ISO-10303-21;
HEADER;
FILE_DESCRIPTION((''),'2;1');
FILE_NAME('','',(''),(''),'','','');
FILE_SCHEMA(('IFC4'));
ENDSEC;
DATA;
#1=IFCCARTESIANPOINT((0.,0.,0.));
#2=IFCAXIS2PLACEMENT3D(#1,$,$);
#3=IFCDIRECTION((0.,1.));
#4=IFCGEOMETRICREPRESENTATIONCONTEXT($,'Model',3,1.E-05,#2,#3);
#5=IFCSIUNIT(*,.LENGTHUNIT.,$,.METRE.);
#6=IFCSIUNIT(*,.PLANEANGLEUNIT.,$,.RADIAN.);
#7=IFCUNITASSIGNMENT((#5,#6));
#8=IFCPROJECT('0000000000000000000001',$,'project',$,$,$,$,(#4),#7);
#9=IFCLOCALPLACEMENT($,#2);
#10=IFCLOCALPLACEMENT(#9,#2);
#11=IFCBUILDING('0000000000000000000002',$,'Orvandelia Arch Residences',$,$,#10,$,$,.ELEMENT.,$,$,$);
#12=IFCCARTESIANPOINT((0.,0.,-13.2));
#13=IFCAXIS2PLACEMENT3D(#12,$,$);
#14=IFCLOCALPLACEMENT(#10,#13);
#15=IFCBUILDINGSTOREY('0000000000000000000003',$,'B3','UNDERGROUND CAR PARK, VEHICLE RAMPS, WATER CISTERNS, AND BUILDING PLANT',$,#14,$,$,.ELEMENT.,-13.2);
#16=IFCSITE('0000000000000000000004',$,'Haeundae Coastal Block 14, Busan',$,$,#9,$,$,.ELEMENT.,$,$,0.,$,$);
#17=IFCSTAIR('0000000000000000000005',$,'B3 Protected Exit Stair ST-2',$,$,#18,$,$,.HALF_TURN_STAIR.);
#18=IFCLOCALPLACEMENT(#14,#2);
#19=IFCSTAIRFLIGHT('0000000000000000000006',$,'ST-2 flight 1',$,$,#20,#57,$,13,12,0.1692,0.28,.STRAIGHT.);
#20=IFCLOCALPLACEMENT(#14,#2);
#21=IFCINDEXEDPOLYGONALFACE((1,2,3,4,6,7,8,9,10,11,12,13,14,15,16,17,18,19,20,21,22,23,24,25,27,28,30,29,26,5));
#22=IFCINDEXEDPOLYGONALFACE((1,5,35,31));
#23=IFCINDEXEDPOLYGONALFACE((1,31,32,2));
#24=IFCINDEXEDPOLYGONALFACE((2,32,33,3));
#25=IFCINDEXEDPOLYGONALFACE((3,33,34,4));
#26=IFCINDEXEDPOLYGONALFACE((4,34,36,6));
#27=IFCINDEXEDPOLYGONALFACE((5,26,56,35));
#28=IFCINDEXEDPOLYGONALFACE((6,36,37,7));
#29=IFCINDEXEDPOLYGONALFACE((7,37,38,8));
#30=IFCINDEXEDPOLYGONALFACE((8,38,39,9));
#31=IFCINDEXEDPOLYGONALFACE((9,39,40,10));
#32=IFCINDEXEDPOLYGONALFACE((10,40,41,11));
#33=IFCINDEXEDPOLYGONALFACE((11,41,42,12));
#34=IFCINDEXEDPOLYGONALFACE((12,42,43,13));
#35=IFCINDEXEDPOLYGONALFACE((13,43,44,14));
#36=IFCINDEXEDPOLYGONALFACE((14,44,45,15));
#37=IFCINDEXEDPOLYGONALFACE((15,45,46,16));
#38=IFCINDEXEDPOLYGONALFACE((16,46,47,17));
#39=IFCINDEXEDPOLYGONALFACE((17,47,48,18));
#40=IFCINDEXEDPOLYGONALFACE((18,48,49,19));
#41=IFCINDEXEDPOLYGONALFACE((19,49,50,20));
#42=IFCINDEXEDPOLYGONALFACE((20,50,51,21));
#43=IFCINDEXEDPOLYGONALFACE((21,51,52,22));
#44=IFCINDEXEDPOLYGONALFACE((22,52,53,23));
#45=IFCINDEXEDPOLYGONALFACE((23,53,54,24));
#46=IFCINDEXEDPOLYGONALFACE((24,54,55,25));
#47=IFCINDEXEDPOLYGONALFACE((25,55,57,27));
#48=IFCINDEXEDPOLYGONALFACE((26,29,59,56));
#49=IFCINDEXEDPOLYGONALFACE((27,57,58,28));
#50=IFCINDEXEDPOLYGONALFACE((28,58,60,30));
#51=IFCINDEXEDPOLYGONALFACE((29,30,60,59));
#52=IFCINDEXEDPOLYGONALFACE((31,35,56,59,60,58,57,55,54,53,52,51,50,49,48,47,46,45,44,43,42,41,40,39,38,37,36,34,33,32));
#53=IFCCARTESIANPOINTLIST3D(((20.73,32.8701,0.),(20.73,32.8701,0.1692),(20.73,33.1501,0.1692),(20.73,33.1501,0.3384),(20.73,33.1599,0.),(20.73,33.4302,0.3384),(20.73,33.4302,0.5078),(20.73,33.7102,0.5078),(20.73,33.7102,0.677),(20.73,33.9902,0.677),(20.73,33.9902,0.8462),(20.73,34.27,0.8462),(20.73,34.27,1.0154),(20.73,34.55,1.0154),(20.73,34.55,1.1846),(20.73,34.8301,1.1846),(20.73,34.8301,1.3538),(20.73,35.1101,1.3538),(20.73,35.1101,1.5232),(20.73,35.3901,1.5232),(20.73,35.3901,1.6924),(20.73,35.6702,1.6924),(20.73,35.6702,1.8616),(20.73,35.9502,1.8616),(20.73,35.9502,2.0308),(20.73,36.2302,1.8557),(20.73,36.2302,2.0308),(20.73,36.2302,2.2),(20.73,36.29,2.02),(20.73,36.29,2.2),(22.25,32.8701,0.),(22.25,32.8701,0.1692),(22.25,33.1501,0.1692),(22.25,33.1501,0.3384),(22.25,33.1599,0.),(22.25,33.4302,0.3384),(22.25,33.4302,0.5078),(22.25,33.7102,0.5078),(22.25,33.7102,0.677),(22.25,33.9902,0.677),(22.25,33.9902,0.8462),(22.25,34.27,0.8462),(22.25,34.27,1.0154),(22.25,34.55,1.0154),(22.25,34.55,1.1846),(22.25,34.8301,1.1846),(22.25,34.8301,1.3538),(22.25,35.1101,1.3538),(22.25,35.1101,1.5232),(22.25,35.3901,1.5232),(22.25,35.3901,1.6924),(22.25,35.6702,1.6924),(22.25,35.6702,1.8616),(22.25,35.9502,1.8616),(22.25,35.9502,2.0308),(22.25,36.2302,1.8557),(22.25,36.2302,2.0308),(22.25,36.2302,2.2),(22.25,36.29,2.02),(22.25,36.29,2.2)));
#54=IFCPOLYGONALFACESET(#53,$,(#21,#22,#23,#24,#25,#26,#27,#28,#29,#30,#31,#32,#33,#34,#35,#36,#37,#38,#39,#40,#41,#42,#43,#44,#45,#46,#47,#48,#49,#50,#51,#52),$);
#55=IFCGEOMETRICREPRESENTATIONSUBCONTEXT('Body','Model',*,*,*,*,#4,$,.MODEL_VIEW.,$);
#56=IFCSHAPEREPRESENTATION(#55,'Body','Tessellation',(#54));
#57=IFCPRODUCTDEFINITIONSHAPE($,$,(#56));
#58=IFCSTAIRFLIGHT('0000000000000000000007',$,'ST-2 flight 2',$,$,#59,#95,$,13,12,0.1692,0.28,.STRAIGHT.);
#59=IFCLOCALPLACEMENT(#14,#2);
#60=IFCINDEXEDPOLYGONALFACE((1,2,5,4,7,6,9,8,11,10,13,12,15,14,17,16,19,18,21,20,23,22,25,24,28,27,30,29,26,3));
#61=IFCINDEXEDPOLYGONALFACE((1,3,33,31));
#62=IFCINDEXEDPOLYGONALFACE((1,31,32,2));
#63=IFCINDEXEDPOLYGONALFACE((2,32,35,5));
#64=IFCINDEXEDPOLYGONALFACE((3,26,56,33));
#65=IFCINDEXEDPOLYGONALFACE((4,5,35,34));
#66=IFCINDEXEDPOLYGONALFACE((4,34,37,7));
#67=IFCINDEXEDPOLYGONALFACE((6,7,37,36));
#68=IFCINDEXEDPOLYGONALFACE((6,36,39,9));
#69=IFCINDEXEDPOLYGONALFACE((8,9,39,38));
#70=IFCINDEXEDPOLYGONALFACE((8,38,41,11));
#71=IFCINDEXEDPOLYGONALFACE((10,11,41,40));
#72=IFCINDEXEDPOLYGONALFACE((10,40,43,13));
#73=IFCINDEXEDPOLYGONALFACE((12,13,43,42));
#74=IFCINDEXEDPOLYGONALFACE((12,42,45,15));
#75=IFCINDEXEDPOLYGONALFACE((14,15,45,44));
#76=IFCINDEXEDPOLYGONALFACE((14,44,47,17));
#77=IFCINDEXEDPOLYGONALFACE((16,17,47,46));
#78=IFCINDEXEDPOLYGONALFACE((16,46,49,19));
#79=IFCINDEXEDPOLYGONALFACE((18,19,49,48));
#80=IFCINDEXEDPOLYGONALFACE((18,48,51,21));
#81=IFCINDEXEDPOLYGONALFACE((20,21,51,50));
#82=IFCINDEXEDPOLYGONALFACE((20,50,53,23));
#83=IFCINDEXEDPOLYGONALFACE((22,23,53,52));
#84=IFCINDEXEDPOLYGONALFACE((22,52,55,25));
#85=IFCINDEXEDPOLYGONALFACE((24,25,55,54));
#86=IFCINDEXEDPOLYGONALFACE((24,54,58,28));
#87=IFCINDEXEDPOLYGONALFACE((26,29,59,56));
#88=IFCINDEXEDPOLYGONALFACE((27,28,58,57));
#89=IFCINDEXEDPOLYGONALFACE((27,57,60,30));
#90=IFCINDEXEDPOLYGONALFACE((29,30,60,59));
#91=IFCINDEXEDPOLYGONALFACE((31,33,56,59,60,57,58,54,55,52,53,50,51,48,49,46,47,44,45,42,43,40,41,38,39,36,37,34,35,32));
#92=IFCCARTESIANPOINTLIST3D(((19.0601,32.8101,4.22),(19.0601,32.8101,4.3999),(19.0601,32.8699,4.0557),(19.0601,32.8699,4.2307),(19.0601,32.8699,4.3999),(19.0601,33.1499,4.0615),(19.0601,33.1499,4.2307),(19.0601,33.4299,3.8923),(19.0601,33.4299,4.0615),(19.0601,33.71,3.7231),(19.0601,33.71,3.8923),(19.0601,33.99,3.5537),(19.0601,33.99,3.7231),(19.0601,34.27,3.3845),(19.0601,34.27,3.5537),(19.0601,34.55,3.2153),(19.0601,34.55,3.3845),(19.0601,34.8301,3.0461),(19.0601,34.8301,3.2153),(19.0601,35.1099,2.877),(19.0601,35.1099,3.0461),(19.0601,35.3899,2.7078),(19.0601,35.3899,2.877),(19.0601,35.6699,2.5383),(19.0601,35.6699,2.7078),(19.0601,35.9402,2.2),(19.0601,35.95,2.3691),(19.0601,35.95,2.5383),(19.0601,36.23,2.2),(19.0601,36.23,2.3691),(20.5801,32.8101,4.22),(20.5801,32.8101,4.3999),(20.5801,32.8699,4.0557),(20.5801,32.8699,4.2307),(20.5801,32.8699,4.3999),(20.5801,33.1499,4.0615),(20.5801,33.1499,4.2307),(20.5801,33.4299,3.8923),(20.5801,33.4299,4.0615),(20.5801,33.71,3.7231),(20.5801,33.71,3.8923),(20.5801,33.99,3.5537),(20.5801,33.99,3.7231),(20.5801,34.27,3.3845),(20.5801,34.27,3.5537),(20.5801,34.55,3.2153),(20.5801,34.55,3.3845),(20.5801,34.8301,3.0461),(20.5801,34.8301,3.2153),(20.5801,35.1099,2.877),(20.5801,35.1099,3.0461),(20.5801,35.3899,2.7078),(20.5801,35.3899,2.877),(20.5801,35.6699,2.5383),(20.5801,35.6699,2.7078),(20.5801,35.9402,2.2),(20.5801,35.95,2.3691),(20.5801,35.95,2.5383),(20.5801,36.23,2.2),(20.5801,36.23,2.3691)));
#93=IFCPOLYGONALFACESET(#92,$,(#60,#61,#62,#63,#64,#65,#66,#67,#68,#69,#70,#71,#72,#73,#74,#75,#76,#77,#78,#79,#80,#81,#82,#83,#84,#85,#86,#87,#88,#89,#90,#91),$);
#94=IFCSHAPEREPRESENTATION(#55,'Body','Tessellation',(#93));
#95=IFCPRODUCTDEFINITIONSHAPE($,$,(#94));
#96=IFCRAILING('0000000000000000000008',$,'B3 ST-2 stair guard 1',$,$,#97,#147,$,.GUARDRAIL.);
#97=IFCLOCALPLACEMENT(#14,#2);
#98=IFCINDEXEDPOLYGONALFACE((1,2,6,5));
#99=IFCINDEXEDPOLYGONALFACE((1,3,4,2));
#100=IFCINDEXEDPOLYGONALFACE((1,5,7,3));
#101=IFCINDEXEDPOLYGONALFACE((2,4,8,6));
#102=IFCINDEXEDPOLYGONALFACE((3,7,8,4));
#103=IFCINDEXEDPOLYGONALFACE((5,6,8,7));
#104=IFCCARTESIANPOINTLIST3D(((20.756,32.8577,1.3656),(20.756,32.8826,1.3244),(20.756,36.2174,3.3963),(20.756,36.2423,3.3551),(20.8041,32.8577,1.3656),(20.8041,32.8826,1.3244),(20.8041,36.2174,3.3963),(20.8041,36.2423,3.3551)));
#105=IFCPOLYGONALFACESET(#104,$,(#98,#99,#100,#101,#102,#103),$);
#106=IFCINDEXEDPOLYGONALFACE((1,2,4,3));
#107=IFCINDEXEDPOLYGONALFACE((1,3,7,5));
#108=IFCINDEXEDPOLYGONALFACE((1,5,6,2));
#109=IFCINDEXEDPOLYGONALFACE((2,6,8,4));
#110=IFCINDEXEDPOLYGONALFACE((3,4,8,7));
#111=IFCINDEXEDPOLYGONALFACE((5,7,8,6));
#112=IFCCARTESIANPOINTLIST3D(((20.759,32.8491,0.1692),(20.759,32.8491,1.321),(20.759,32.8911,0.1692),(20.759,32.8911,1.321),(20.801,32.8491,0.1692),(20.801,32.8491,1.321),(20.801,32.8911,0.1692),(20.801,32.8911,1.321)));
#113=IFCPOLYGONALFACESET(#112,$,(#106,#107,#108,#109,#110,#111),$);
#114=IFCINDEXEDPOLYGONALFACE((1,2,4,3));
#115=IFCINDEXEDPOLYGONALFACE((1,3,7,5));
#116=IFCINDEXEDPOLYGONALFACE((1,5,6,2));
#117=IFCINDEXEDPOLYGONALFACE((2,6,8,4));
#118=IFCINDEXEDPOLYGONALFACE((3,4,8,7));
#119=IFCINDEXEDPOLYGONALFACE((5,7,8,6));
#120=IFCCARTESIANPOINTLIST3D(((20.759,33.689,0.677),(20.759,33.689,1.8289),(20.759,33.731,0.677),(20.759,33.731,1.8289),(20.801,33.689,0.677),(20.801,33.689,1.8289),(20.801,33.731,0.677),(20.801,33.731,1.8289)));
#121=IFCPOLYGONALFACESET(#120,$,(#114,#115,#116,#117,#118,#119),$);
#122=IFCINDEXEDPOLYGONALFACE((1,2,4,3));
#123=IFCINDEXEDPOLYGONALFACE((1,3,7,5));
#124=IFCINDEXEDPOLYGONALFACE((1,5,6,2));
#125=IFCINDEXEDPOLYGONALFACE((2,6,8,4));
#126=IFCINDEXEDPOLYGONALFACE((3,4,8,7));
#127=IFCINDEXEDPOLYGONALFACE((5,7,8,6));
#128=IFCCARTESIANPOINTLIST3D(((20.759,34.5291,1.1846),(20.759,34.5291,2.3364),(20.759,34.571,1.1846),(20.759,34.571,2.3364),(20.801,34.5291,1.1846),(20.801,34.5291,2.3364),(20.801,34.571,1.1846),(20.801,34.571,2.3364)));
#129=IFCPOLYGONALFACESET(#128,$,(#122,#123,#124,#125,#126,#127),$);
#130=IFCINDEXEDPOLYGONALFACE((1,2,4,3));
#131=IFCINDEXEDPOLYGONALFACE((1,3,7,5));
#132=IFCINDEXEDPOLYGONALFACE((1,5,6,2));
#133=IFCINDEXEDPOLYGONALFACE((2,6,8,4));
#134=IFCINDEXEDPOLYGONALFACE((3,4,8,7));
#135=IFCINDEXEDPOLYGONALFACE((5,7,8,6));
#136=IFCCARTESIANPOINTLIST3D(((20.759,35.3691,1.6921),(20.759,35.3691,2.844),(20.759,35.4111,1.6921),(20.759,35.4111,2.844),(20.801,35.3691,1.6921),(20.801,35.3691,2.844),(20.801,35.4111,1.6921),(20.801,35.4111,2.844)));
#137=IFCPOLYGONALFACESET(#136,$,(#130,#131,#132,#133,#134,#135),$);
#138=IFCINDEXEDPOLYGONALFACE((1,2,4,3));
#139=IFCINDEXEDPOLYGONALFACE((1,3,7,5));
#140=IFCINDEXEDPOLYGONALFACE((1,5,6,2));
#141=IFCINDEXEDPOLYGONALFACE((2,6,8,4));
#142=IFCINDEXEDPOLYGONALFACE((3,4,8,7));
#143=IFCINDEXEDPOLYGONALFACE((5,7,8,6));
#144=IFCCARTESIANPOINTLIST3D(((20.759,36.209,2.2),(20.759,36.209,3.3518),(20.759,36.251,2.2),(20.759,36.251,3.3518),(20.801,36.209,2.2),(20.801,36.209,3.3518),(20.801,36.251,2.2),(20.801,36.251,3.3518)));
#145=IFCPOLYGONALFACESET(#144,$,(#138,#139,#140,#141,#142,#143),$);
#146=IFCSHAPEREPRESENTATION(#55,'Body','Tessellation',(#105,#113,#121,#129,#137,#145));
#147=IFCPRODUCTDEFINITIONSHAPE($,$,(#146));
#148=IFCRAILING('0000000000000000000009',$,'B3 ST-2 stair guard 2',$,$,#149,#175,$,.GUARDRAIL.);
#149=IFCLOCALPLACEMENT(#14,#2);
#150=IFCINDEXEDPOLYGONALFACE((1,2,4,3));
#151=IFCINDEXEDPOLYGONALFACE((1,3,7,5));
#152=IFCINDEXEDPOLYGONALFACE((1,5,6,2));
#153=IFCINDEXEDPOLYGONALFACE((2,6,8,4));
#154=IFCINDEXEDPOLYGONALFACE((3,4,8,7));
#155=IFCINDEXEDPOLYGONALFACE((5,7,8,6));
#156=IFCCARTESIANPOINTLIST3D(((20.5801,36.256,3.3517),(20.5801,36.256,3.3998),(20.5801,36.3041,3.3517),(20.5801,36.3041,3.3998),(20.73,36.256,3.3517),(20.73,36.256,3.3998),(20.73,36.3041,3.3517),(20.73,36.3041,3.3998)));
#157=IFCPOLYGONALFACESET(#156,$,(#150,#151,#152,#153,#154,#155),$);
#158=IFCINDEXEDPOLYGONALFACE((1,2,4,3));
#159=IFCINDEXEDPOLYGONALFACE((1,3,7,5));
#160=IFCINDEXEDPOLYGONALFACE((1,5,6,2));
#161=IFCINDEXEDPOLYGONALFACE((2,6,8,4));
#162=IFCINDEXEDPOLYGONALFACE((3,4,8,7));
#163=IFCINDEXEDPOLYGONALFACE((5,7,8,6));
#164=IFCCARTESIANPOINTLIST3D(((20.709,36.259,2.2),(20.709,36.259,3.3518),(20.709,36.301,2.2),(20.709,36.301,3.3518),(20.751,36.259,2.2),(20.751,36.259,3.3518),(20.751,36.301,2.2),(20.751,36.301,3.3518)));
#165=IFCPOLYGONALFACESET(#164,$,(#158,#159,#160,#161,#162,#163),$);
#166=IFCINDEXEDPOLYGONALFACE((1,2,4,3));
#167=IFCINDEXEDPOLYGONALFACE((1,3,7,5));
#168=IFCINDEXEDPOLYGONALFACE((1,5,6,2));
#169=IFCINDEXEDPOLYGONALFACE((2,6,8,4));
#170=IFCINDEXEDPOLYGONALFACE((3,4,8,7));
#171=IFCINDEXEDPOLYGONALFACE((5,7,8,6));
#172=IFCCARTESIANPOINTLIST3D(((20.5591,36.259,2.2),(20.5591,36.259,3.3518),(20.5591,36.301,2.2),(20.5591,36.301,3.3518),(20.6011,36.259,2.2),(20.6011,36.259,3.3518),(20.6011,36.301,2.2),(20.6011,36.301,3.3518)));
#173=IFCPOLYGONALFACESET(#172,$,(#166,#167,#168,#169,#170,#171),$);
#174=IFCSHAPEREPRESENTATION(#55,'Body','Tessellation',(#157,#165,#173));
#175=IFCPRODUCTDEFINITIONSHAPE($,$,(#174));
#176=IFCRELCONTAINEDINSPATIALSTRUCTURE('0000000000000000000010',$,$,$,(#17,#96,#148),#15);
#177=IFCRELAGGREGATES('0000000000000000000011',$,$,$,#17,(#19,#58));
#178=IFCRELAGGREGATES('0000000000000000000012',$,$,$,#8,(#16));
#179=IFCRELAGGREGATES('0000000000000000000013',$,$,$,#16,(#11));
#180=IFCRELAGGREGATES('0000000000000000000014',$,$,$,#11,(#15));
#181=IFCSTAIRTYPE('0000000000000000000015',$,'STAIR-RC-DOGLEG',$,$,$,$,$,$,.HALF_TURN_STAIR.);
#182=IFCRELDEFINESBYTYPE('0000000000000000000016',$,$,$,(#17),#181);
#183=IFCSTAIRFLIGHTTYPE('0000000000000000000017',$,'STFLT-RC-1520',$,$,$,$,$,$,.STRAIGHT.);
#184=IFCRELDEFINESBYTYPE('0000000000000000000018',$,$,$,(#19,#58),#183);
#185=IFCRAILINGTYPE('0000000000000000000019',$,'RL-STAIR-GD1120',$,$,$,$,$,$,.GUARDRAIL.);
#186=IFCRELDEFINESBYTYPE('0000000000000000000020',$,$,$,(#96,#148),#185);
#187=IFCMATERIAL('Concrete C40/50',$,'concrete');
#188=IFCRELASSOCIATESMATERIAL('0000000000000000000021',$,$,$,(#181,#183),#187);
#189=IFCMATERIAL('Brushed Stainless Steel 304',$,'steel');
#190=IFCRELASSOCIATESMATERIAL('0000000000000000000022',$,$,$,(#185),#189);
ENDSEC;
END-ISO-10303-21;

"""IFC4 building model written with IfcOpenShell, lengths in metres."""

from ifc_helpers import new_model, si_unit, direction, frame, origin, origin_2d, place, context, subcontext, project, spatial, polyline, rectangle, outline, extrude, material, type_object, element, aggregate, save


model = new_model("IFC4")

# Units and contexts
model_context = context("Model", 3, precision=1e-05, world=origin(), true_north=direction((0.0, 1.0)))
body_context = subcontext(model_context, "Body", "Model", "MODEL_VIEW")
ifc_project = project(units=[si_unit("LENGTHUNIT", "METRE"), si_unit("PLANEANGLEUNIT", "RADIAN")], contexts=[model_context])

# Site, building, storey
site_placement = place(None, origin())
site = spatial("IfcSite", under=ifc_project, at=site_placement, Name="Haeundae Coastal Block 14, Busan", CompositionType="ELEMENT", RefElevation=0.0)
building_placement = place(site_placement, origin())
building = spatial("IfcBuilding", under=site, at=building_placement, Name="Orvandelia Arch Residences", CompositionType="ELEMENT")
storey_placement = place(building_placement, frame((0.0, 0.0, -13.2)))
storey = spatial("IfcBuildingStorey", under=building, at=storey_placement, Name="B3", Description="UNDERGROUND CAR PARK, VEHICLE RAMPS, WATER CISTERNS, AND BUILDING PLANT", CompositionType="ELEMENT", Elevation=-13.2)

# Stair, stair flights
ifc_material_1 = material(Name="Concrete C40/50", Category="concrete")
stair_type = type_object("IfcStairType", Name="STAIR-RC-DOGLEG", PredefinedType="HALF_TURN_STAIR", material=ifc_material_1)
stair_placement = place(storey_placement, origin())
stair = element("IfcStair", 1, at=stair_placement, inside=storey, type_object=stair_type, Name="B3 Protected Exit Stair ST-2", PredefinedType="HALF_TURN_STAIR")
stair_flight_type = type_object("IfcStairFlightType", Name="STFLT-RC-1520", PredefinedType="STRAIGHT", material=ifc_material_1)
stair_flight_1_placement = place(storey_placement, frame((21.49, 32.8701, 0.0), z_axis=(0.0, 0.0, 1.0), x_axis=(0.0, 1.0, 0.0)))
stair_flight_1 = element("IfcStairFlight", 2, at=stair_flight_1_placement, type_object=stair_flight_type, Name="ST-2 flight 1", NumberOfRisers=13, NumberOfTreads=12, PredefinedType="STRAIGHT", RiserHeight=0.1692, TreadLength=0.28, context=body_context, shape_type="SweptSolid", body=[
    extrude(outline(polyline([(0.0, 0.0), (0.0, 0.1692), (0.28, 0.1692), (0.28, 0.3384), (0.5601, 0.3384), (0.5601, 0.5078), (0.8401, 0.5078), (0.8401, 0.677), (1.1201, 0.677), (1.1201, 0.8462), (1.3999, 0.8462), (1.3999, 1.0154), (1.6799, 1.0154), (1.6799, 1.1846), (1.96, 1.1846), (1.96, 1.3538), (2.24, 1.3538), (2.24, 1.5232), (2.52, 1.5232), (2.52, 1.6924), (2.8, 1.6924), (2.8, 1.8616), (3.0801, 1.8616), (3.0801, 2.0308), (3.3601, 2.0308), (3.3601, 2.2), (3.4199, 2.2), (3.4199, 2.02), (3.3601, 1.8557), (0.2898, 0.0), (0.0, 0.0)])), frame((0.0, 0.76, 0.0), z_axis=(0.0, -1.0, 0.0), x_axis=(1.0, 0.0, 0.0)), (0.0, 0.0, 1.0), 1.52),
])
stair_flight_2_placement = place(storey_placement, frame((19.8201, 36.23, 2.2), z_axis=(0.0, 0.0, 1.0), x_axis=(0.0, -1.0, 0.0)))
stair_flight_2 = element("IfcStairFlight", 3, at=stair_flight_2_placement, type_object=stair_flight_type, Name="ST-2 flight 2", NumberOfRisers=13, NumberOfTreads=12, PredefinedType="STRAIGHT", RiserHeight=0.1692, TreadLength=0.28, context=body_context, shape_type="SweptSolid", body=[
    extrude(outline(polyline([(0.0, 0.0), (0.0, 0.1692), (0.28, 0.1692), (0.28, 0.3384), (0.5601, 0.3384), (0.5601, 0.5078), (0.8401, 0.5078), (0.8401, 0.677), (1.1201, 0.677), (1.1201, 0.8462), (1.3999, 0.8462), (1.3999, 1.0154), (1.6799, 1.0154), (1.6799, 1.1846), (1.96, 1.1846), (1.96, 1.3538), (2.24, 1.3538), (2.24, 1.5232), (2.52, 1.5232), (2.52, 1.6924), (2.8, 1.6924), (2.8, 1.8616), (3.0801, 1.8616), (3.0801, 2.0308), (3.3601, 2.0308), (3.3601, 2.2), (3.4199, 2.2), (3.4199, 2.02), (3.3601, 1.8557), (0.2898, 0.0), (0.0, 0.0)])), frame((0.0, 0.76, 0.0), z_axis=(0.0, -1.0, 0.0), x_axis=(1.0, 0.0, 0.0)), (0.0, 0.0, 1.0), 1.52),
])
aggregate(stair, [stair_flight_1, stair_flight_2])

# Railings
ifc_material_2 = material(Name="Brushed Stainless Steel 304", Category="steel")
railing_type_1 = type_object("IfcRailingType", Name="RL-STAIR-GD1120", PredefinedType="GUARDRAIL", material=ifc_material_2)
railing_1_placement = place(storey_placement, frame((20.78, 32.8701, 0.1692)))
element("IfcRailing", 4, at=railing_1_placement, inside=storey, type_object=railing_type_1, Name="B3 ST-2 stair guard 1", PredefinedType="GUARDRAIL", context=body_context, shape_type="SweptSolid", body=[
    extrude(rectangle(XDim=0.0481, YDim=0.0481, at=origin_2d()), frame((0.0, 0.0, 1.1758), z_axis=(0.0, 0.85582, 0.517273), x_axis=(-1.0, 0.0, 0.0)), (0.0, 0.0, 1.0), 3.9258),
    extrude(rectangle(XDim=0.042, YDim=0.042, at=origin_2d()), origin(), (0.0, 0.0, 1.0), 1.1519),
    extrude(rectangle(XDim=0.042, YDim=0.042, at=origin_2d()), frame((0.0, 0.8398, 0.5078)), (0.0, 0.0, 1.0), 1.1519),
    extrude(rectangle(XDim=0.042, YDim=0.042, at=origin_2d()), frame((0.0, 1.6799, 1.0154)), (0.0, 0.0, 1.0), 1.1519),
    extrude(rectangle(XDim=0.042, YDim=0.042, at=origin_2d()), frame((0.0, 2.52, 1.5229)), (0.0, 0.0, 1.0), 1.1519),
    extrude(rectangle(XDim=0.042, YDim=0.042, at=origin_2d()), frame((0.0, 3.3599, 2.0308)), (0.0, 0.0, 1.0), 1.1519),
])
railing_2_placement = place(storey_placement, frame((20.73, 36.28, 2.2)))
element("IfcRailing", 5, at=railing_2_placement, inside=storey, type_object=railing_type_1, Name="B3 ST-2 stair guard 2", PredefinedType="GUARDRAIL", context=body_context, shape_type="SweptSolid", body=[
    extrude(rectangle(XDim=0.0481, YDim=0.0481, at=origin_2d()), frame((0.0, 0.0, 1.1758), z_axis=(-1.0, 0.0, 0.0), x_axis=(0.0, -1.0, 0.0)), (0.0, 0.0, 1.0), 0.1499),
    extrude(rectangle(XDim=0.042, YDim=0.042, at=origin_2d()), origin(), (0.0, 0.0, 1.0), 1.1519),
    extrude(rectangle(XDim=0.042, YDim=0.042, at=origin_2d()), frame((-0.1499, 0.0, 0.0)), (0.0, 0.0, 1.0), 1.1519),
])

save(model, "model.ifc")
